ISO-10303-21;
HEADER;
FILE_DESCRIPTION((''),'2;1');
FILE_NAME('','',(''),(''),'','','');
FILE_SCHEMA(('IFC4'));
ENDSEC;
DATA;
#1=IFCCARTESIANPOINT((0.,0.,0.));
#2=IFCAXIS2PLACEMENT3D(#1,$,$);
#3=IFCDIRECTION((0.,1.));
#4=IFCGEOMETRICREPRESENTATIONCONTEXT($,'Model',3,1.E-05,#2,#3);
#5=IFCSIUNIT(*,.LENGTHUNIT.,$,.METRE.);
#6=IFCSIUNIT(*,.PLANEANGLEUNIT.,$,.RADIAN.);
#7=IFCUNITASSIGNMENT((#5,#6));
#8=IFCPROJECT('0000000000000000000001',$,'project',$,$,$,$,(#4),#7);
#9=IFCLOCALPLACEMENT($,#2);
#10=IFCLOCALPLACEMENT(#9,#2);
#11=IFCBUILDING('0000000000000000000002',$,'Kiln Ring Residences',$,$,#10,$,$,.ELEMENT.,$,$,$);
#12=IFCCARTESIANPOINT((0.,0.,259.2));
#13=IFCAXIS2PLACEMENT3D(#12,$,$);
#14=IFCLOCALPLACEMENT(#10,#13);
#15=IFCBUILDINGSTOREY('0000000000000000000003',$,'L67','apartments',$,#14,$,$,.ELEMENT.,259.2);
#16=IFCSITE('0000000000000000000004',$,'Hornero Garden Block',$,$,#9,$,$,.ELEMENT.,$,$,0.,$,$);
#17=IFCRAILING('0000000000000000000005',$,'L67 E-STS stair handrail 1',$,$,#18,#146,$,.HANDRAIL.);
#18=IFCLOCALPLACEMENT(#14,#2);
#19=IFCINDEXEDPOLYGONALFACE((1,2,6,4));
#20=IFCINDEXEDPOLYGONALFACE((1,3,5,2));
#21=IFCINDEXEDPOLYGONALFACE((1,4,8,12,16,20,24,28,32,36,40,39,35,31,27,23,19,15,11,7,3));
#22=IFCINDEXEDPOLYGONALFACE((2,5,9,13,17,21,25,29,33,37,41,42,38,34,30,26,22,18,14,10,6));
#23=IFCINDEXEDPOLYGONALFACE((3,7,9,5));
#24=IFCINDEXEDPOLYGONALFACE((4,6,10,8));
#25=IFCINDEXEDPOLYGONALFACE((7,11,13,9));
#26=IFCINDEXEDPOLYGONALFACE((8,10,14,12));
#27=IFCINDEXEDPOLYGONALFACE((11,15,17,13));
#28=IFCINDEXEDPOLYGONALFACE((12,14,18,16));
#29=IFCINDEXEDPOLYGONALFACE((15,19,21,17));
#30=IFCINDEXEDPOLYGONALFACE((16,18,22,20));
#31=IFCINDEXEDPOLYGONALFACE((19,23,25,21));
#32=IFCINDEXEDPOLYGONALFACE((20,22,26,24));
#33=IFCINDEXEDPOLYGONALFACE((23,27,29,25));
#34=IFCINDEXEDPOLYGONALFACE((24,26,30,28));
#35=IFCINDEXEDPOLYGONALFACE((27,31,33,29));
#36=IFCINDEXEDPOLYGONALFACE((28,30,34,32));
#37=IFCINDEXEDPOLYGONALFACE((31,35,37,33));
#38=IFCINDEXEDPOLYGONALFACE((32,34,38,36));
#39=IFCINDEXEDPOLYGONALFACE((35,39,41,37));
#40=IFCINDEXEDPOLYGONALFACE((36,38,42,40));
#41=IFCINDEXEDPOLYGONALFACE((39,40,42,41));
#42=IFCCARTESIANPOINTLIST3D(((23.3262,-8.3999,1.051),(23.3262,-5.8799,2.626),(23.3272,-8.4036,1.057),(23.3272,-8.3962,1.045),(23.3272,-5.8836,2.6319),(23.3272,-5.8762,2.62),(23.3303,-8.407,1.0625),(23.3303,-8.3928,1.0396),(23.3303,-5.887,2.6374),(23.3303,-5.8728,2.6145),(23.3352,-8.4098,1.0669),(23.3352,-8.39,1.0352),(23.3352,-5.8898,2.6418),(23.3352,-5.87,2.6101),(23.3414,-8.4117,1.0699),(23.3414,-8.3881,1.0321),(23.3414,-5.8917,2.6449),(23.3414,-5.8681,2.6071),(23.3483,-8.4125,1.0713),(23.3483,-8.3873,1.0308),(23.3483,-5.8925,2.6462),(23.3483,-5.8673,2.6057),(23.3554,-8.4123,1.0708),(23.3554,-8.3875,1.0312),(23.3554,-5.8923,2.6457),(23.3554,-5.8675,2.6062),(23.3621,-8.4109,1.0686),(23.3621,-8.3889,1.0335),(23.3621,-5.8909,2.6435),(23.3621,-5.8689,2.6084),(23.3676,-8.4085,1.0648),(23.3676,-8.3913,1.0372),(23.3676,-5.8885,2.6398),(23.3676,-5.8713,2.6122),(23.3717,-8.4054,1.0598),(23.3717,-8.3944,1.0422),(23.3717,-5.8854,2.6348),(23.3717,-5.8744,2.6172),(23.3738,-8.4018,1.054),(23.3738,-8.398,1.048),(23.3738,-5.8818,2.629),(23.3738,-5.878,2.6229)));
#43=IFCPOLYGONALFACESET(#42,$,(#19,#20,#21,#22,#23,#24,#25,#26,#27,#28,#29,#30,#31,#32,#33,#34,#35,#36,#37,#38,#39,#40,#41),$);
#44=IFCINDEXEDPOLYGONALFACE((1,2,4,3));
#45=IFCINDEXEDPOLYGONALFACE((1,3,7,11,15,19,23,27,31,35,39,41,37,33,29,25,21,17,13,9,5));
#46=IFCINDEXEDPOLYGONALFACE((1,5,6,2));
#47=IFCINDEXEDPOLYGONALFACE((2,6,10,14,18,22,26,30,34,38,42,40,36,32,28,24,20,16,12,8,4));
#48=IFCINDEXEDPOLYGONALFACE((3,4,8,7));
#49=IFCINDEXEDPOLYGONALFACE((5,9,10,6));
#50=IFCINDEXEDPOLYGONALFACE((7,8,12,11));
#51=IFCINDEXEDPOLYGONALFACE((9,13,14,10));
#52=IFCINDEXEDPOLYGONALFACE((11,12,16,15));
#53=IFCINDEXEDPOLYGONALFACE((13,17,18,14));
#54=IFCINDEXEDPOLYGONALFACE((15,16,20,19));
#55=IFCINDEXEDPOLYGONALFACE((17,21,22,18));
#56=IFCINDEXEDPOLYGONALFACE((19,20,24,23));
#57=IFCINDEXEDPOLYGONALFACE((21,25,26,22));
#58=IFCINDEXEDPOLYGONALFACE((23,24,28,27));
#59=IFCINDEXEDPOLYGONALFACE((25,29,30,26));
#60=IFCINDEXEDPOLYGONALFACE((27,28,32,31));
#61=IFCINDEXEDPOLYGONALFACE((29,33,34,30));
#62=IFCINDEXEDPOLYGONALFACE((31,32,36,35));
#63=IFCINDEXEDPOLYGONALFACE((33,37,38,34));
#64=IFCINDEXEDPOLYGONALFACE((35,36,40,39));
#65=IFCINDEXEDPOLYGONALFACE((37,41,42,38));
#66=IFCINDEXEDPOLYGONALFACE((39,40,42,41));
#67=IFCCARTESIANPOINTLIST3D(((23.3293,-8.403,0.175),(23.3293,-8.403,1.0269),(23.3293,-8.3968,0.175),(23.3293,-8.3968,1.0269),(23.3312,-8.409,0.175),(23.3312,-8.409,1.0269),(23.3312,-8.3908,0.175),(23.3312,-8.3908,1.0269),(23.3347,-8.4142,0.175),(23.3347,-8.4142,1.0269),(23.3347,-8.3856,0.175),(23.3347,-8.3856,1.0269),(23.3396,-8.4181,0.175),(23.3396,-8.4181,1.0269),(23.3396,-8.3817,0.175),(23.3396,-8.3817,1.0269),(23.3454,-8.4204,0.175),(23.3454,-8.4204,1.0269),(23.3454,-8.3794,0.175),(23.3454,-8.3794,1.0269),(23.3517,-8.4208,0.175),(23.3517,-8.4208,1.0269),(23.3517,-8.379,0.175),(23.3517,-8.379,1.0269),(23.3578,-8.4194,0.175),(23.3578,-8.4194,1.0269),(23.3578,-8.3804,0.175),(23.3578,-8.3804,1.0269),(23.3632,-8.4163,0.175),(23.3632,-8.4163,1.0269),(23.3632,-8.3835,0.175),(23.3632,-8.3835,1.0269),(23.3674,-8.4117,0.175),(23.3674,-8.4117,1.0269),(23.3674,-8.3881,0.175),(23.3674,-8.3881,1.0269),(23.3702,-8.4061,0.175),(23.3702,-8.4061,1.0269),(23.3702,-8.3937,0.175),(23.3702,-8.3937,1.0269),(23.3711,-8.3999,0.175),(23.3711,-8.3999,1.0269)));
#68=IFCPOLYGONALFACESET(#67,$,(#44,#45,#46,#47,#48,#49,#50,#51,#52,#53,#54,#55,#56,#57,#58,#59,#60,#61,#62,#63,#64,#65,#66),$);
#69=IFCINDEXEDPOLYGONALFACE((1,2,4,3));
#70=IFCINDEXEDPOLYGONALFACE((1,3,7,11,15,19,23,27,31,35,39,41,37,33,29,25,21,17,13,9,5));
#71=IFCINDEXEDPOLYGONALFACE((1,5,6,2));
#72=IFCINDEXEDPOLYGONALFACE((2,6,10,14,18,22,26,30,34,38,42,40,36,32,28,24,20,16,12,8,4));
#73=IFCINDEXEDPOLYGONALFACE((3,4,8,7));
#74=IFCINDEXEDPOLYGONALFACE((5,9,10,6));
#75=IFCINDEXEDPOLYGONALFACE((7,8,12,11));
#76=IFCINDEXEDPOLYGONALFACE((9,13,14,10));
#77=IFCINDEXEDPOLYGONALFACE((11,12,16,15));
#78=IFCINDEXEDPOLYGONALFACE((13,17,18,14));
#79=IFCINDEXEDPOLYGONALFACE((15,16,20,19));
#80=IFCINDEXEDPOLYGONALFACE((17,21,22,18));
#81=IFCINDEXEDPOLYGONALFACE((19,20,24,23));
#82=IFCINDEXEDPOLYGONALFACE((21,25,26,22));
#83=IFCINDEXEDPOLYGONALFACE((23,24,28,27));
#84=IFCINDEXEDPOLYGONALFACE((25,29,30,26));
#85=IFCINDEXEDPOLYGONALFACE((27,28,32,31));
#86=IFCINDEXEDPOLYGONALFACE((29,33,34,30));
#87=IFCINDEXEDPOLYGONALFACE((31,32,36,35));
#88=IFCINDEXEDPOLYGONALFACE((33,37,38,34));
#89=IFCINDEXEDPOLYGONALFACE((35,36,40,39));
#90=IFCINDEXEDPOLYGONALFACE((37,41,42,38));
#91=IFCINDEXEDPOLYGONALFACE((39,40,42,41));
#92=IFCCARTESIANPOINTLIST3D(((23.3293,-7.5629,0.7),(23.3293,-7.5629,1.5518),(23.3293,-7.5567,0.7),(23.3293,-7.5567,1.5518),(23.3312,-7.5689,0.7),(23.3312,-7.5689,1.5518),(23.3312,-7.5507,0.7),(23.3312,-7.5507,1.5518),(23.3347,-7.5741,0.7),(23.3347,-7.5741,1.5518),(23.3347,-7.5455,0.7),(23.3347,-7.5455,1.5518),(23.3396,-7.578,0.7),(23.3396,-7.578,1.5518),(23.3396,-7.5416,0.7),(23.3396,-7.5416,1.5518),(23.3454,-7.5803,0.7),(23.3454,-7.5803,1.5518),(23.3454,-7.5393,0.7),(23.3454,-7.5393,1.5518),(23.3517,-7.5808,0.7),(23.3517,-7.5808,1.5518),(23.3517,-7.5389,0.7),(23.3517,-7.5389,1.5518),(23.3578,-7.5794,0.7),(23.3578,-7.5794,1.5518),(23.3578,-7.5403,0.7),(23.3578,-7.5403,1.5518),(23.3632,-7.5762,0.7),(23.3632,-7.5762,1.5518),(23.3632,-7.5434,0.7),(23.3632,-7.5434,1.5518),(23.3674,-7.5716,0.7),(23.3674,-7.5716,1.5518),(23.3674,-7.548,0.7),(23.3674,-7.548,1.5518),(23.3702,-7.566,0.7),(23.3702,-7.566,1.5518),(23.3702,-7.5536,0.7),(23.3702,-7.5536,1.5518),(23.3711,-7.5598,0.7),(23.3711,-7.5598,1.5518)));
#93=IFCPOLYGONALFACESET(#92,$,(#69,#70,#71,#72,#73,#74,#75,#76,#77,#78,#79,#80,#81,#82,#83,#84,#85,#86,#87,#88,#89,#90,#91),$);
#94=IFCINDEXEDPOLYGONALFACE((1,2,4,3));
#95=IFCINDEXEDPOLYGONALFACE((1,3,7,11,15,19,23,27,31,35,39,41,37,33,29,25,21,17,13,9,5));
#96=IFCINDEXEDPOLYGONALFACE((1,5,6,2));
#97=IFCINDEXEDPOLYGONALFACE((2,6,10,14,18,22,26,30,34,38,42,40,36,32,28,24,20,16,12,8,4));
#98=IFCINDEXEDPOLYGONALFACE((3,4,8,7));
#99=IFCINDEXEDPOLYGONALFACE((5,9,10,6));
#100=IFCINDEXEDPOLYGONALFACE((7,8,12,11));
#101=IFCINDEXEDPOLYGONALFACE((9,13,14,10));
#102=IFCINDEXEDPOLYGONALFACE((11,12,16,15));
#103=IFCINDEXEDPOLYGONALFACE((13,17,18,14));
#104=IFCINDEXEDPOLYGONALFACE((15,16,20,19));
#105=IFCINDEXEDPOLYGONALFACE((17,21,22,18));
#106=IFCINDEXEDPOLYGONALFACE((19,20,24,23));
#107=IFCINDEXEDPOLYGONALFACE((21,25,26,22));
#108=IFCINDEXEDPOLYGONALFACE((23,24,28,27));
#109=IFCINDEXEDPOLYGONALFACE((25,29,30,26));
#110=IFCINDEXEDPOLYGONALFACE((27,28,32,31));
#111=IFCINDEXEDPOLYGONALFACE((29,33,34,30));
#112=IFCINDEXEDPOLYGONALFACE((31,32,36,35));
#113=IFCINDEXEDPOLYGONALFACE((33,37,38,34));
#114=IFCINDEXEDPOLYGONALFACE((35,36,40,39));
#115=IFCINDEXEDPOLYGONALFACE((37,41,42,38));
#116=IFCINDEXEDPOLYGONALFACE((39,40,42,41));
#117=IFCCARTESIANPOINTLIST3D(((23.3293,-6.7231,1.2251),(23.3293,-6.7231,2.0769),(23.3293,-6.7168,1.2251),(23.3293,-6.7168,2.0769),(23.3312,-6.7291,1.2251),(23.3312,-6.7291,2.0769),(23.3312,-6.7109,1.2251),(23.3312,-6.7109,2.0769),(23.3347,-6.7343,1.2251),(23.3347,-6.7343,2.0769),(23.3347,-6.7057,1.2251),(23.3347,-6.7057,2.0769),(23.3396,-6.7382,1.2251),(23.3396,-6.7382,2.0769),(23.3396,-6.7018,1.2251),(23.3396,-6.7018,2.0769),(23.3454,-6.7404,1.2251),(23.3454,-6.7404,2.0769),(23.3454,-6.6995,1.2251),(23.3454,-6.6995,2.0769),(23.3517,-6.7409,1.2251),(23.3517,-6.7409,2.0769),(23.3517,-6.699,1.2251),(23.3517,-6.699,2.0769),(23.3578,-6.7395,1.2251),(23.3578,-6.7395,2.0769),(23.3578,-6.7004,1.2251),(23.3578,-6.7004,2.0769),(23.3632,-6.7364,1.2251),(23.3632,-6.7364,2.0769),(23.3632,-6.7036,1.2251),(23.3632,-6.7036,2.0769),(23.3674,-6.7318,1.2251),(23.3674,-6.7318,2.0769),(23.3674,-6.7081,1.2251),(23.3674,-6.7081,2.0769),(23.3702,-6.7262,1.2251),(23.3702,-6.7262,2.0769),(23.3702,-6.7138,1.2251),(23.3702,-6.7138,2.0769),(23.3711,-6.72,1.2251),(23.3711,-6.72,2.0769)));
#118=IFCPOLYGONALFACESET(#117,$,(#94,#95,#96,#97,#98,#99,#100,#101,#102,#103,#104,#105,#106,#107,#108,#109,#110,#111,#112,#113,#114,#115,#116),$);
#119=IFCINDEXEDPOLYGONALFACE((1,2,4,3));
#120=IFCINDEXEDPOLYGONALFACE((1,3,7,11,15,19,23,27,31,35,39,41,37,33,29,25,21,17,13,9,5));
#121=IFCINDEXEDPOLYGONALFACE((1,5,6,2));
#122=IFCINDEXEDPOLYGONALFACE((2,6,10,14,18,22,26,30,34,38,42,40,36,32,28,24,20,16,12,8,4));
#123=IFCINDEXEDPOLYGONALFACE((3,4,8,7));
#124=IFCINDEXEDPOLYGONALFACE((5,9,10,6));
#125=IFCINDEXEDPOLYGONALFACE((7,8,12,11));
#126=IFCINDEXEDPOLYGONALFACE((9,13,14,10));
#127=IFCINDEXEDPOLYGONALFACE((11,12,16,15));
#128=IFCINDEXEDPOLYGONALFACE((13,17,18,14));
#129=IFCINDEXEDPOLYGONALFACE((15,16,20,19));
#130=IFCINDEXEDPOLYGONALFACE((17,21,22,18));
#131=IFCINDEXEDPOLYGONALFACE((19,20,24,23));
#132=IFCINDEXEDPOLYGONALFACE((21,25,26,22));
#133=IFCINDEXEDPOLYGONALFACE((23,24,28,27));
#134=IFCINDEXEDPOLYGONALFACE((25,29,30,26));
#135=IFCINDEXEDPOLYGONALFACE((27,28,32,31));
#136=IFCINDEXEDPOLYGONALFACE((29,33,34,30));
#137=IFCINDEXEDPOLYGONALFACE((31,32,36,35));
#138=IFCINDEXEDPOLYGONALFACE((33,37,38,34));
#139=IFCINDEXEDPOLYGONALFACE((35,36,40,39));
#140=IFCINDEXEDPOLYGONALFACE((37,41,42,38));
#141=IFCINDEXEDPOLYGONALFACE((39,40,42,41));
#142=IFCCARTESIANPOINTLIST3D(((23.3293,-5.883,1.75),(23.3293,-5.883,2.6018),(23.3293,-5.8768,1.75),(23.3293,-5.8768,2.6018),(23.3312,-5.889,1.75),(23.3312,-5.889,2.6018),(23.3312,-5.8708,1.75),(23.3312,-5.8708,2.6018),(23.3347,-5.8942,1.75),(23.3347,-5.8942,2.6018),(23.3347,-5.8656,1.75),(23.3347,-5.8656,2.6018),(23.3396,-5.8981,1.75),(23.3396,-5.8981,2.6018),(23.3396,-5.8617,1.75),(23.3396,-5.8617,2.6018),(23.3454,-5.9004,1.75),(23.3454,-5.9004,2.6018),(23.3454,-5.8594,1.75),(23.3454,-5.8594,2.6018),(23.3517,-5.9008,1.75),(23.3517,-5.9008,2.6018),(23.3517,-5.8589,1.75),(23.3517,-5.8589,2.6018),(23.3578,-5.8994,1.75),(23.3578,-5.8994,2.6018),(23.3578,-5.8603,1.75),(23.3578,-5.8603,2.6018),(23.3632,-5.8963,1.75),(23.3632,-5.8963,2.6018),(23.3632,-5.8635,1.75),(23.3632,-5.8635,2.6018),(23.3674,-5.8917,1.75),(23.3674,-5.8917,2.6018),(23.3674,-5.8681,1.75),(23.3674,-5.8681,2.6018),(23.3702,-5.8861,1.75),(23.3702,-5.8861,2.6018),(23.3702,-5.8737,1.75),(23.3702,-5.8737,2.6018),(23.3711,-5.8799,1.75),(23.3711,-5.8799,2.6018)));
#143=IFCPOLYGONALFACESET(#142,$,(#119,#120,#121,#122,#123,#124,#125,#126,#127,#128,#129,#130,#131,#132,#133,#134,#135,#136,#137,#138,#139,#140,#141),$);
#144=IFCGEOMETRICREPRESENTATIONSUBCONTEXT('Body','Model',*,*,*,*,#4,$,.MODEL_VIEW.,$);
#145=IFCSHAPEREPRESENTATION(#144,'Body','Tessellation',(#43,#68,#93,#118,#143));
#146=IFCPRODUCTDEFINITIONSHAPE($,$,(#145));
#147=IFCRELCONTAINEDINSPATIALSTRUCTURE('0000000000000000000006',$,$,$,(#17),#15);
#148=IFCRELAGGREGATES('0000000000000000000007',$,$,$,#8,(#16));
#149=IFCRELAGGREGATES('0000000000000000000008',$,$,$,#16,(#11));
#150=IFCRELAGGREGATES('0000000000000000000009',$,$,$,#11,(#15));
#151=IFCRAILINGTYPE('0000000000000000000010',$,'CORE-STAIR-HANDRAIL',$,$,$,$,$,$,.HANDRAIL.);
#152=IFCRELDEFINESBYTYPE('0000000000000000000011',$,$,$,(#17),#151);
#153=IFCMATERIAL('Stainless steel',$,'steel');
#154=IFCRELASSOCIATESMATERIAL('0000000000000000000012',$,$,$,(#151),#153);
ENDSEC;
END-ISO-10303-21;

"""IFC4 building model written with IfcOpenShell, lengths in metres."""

from ifc_helpers import new_model, si_unit, direction, frame, origin, origin_2d, place, context, subcontext, project, spatial, circle, extrude, material, type_object, element, save


model = new_model("IFC4")

# Units and contexts
model_context = context("Model", 3, precision=1e-05, world=origin(), true_north=direction((0.0, 1.0)))
body_context = subcontext(model_context, "Body", "Model", "MODEL_VIEW")
ifc_project = project(units=[si_unit("LENGTHUNIT", "METRE"), si_unit("PLANEANGLEUNIT", "RADIAN")], contexts=[model_context])

# Site, building, storey
site_placement = place(None, origin())
site = spatial("IfcSite", under=ifc_project, at=site_placement, Name="Hornero Garden Block", CompositionType="ELEMENT", RefElevation=0.0)
building_placement = place(site_placement, origin())
building = spatial("IfcBuilding", under=site, at=building_placement, Name="Kiln Ring Residences", CompositionType="ELEMENT")
storey_placement = place(building_placement, frame((0.0, 0.0, 259.2)))
storey = spatial("IfcBuildingStorey", under=building, at=storey_placement, Name="L67", Description="apartments", CompositionType="ELEMENT", Elevation=259.2)

# Railing
ifc_material_1 = material(Name="Stainless steel", Category="steel")
railing_type_1 = type_object("IfcRailingType", Name="CORE-STAIR-HANDRAIL", PredefinedType="HANDRAIL", material=ifc_material_1)
railing_1_placement = place(storey_placement, frame((23.3501, -8.3999, 0.175)))
element("IfcRailing", 1, at=railing_1_placement, inside=storey, type_object=railing_type_1, Name="L67 E-STS stair handrail 1", PredefinedType="HANDRAIL", context=body_context, shape_type="SweptSolid", body=[
    extrude(circle(Radius=0.0239, at=origin_2d()), frame((0.0, 0.0, 0.876), z_axis=(0.0, 0.848008, 0.529984), x_axis=(-1.0, 0.0, 0.0)), (0.0, 0.0, 1.0), 2.9717),
    extrude(circle(Radius=0.021, at=origin_2d()), origin(), (0.0, 0.0, 1.0), 0.8518),
    extrude(circle(Radius=0.021, at=origin_2d()), frame((0.0, 0.8401, 0.5249)), (0.0, 0.0, 1.0), 0.8518),
    extrude(circle(Radius=0.021, at=origin_2d()), frame((0.0, 1.6799, 1.05)), (0.0, 0.0, 1.0), 0.8518),
    extrude(circle(Radius=0.021, at=origin_2d()), frame((0.0, 2.52, 1.575)), (0.0, 0.0, 1.0), 0.8518),
])

save(model, "model.ifc")
